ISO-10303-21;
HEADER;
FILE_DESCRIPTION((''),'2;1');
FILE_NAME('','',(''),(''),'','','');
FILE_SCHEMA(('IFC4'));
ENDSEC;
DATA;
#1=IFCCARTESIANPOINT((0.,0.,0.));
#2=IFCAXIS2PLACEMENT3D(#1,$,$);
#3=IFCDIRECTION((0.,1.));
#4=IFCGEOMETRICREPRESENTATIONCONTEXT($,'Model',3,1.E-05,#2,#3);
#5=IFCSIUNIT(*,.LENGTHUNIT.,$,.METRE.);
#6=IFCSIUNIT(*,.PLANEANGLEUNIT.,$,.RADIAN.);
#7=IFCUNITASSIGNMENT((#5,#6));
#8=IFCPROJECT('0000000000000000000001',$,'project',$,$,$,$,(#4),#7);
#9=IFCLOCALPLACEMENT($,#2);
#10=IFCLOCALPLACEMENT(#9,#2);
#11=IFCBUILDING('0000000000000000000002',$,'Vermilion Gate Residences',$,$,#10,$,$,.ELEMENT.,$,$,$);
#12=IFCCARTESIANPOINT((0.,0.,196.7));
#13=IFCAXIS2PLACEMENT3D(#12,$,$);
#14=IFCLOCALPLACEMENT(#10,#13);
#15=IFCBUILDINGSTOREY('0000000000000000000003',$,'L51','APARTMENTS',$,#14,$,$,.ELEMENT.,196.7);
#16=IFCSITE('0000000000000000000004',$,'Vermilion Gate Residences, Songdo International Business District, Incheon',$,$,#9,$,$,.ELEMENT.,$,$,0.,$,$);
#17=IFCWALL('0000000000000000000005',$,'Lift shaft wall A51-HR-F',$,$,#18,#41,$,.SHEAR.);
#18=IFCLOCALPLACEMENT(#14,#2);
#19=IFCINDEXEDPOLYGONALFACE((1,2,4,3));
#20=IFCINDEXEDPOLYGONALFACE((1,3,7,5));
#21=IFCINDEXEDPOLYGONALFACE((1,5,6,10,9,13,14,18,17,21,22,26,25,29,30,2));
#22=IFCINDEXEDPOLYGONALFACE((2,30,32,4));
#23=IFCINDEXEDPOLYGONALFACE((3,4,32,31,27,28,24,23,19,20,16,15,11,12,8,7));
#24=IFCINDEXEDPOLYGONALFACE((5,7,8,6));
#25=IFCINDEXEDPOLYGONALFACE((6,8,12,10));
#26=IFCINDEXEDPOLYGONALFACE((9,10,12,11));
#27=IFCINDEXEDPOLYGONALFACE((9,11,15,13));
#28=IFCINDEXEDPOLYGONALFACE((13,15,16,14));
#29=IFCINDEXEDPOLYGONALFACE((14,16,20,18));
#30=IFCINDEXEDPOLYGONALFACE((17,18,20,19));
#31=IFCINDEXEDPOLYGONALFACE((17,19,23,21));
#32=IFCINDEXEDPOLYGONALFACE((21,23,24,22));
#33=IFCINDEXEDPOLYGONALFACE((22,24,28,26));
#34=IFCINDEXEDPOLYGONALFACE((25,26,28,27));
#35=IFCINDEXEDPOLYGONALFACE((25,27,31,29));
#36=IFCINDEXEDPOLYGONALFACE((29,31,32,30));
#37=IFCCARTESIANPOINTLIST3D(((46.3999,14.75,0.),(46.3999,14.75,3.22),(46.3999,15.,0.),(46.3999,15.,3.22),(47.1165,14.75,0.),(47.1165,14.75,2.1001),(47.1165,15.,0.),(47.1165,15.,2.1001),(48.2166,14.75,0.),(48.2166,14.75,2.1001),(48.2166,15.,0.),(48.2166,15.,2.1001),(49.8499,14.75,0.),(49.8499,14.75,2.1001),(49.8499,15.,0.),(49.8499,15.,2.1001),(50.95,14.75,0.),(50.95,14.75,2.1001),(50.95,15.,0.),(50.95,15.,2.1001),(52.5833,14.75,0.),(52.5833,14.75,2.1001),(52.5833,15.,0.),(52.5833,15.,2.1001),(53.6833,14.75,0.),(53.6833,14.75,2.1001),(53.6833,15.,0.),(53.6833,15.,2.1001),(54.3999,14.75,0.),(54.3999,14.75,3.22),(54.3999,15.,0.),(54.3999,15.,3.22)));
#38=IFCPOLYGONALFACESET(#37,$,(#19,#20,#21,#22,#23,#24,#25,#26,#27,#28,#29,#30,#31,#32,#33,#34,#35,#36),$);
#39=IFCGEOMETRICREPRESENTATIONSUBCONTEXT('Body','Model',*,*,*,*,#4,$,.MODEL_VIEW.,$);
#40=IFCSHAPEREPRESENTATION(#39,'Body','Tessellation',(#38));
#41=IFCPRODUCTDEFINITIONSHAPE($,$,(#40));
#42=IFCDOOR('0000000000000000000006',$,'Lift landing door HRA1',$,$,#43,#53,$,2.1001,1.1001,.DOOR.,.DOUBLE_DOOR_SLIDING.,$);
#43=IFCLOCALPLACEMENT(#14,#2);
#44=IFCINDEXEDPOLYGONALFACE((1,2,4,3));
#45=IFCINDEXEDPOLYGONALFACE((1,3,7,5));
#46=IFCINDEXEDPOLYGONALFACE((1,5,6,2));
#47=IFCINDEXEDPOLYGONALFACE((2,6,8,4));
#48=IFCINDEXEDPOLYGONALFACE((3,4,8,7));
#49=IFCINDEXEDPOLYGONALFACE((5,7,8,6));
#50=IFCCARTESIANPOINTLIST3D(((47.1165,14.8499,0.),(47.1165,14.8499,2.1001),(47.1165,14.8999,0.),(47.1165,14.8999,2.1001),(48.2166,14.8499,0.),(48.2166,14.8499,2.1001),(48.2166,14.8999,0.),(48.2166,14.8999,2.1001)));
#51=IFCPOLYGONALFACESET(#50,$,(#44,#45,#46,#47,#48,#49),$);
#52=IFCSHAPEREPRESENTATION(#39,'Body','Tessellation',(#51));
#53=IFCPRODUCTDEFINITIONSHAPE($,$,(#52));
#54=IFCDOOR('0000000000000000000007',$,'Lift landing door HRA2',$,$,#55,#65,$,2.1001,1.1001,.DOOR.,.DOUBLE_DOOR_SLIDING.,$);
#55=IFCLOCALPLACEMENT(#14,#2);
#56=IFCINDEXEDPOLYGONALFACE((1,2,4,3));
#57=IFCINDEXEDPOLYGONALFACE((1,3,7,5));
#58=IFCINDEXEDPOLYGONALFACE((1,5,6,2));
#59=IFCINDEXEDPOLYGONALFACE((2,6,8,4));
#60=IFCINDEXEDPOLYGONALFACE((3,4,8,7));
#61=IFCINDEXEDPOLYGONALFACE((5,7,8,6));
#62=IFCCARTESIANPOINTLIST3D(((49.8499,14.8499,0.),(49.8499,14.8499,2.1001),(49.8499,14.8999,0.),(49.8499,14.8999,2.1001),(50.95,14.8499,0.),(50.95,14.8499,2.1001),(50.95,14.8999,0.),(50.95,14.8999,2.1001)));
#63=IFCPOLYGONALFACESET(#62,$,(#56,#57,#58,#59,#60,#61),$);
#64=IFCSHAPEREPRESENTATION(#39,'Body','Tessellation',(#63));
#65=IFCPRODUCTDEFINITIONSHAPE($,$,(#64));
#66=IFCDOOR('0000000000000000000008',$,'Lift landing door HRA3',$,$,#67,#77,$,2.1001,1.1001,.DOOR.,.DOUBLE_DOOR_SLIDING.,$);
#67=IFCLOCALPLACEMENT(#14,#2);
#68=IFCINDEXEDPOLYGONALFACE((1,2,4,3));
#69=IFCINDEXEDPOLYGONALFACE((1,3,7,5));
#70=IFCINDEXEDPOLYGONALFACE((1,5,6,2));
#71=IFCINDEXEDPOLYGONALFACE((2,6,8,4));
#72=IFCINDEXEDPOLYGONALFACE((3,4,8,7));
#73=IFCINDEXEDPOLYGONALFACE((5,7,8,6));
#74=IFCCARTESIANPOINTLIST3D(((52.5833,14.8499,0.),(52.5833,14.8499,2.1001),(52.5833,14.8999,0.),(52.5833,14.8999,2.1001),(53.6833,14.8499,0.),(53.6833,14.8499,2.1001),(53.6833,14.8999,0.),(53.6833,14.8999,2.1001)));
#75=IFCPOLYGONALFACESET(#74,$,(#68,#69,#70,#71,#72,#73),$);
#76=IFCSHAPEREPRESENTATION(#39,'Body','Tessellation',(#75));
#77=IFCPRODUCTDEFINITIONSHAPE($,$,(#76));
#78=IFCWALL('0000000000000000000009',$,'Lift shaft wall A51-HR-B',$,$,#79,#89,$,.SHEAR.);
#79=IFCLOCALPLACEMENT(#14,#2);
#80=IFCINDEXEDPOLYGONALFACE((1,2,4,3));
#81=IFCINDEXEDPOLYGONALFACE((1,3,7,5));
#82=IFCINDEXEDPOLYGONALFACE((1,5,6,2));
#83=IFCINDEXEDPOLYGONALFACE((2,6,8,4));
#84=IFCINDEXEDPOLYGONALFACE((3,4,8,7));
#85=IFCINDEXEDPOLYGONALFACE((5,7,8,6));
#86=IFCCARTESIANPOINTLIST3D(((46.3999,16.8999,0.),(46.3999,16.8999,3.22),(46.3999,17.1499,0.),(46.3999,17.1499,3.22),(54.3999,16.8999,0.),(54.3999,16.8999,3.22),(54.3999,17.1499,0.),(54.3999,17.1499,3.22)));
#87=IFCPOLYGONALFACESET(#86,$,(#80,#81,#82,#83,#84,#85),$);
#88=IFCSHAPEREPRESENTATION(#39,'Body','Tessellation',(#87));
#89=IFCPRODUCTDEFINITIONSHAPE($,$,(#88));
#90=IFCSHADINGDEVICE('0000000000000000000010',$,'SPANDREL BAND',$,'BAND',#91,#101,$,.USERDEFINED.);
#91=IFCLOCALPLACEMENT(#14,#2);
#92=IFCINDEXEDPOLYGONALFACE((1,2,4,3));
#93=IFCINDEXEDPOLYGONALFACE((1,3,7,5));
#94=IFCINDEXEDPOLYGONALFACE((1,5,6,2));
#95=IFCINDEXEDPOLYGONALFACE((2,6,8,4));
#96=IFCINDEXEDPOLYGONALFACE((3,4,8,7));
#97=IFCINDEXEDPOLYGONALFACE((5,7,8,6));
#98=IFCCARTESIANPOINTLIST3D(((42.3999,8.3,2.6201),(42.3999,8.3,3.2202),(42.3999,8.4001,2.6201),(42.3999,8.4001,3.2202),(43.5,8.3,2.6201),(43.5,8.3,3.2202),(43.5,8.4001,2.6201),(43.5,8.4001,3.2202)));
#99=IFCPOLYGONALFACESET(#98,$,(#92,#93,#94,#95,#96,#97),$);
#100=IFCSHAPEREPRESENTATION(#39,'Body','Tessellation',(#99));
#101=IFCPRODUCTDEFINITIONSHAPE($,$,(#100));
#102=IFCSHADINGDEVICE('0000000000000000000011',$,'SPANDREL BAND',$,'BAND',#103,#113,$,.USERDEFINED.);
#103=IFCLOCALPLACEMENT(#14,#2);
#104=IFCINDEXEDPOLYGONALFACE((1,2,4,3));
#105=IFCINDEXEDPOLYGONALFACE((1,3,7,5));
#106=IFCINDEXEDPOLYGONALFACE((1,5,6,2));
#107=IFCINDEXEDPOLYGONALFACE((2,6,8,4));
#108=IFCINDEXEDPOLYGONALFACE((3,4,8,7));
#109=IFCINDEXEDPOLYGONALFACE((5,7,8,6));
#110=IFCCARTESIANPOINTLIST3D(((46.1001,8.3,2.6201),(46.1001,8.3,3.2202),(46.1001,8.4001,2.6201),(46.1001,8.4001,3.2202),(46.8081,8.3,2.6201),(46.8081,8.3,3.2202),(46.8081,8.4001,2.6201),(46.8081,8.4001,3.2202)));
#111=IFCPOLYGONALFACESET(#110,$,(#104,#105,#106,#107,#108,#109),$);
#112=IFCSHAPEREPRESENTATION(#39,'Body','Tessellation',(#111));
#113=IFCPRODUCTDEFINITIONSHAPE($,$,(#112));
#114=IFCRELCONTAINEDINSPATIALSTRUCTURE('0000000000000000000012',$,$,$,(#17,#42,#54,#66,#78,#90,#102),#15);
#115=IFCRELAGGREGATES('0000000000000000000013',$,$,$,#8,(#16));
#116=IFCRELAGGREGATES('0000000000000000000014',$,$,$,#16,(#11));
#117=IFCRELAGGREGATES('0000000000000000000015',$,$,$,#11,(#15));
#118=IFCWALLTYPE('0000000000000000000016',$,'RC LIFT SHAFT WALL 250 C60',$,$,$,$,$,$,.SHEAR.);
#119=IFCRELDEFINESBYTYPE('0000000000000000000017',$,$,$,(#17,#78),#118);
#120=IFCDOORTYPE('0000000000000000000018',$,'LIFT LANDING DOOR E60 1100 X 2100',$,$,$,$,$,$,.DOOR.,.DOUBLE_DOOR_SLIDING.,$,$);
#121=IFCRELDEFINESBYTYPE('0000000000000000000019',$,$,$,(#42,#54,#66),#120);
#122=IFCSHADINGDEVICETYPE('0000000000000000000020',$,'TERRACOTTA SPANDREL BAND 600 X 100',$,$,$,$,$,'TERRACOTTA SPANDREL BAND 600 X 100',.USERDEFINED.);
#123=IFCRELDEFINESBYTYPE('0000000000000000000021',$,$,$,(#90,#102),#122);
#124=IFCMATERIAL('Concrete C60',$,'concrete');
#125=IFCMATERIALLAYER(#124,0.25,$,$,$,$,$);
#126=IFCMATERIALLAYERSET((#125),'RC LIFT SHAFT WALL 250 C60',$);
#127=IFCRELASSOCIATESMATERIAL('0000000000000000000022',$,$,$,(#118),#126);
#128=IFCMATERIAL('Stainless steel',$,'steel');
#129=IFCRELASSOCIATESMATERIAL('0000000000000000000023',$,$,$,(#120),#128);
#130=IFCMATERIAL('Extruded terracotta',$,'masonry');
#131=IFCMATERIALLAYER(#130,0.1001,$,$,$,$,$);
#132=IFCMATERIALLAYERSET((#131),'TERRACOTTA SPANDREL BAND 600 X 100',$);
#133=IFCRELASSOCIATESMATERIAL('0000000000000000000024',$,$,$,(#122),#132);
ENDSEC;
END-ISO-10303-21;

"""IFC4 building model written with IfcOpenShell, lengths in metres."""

from ifc_helpers import new_model, si_unit, direction, frame, frame_2d, origin, origin_2d, place, context, subcontext, project, spatial, rectangle, extrude, material, layer, layer_set, type_object, element, fill, save


model = new_model("IFC4")

# Units and contexts
model_context = context("Model", 3, precision=1e-05, world=origin(), true_north=direction((0.0, 1.0)))
body_context = subcontext(model_context, "Body", "Model", "MODEL_VIEW")
ifc_project = project(units=[si_unit("LENGTHUNIT", "METRE"), si_unit("PLANEANGLEUNIT", "RADIAN")], contexts=[model_context])

# Site, building, storey
site_placement = place(None, origin())
site = spatial("IfcSite", under=ifc_project, at=site_placement, Name="Vermilion Gate Residences, Songdo International Business District, Incheon", CompositionType="ELEMENT", RefElevation=0.0)
building_placement = place(site_placement, origin())
building = spatial("IfcBuilding", under=site, at=building_placement, Name="Vermilion Gate Residences", CompositionType="ELEMENT")
storey_placement = place(building_placement, frame((0.0, 0.0, 196.7)))
storey = spatial("IfcBuildingStorey", under=building, at=storey_placement, Name="L51", Description="APARTMENTS", CompositionType="ELEMENT", Elevation=196.7)

# Wall, openings, doors
ifc_material_1 = material(Name="Concrete C60", Category="concrete")
ifc_layer_1 = layer(ifc_material_1, 0.25)
ifc_layer_set_1 = layer_set([ifc_layer_1], Name="RC LIFT SHAFT WALL 250 C60")
wall_type_1 = type_object("IfcWallType", Name="RC LIFT SHAFT WALL 250 C60", PredefinedType="SHEAR", material=ifc_layer_set_1)
wall_1_placement = place(storey_placement, frame((46.3999, 14.875, 0.0), z_axis=(0.0, 0.0, 1.0), x_axis=(1.0, 0.0, 0.0)))
wall_1 = element("IfcWall", 1, at=wall_1_placement, inside=storey, type_object=wall_type_1, Name="Lift shaft wall A51-HR-F", PredefinedType="SHEAR", context=body_context, shape_type="SweptSolid", body=[
    extrude(rectangle(XDim=8.0, YDim=0.25, at=frame_2d((4.0, 0.0))), origin(), (0.0, 0.0, 1.0), 3.22),
])
opening_1_placement = place(wall_1_placement, frame((0.7166, 0.0, 0.0)))
opening_1 = element("IfcOpeningElement", 2, at=opening_1_placement, cuts=wall_1, PredefinedType="OPENING", context=body_context, shape_type="SweptSolid", body=[
    extrude(rectangle(XDim=1.1001, YDim=2.1001, at=frame_2d((0.55, 1.05))), frame((0.0, 0.135, 0.0), z_axis=(0.0, -1.0, 0.0), x_axis=(1.0, 0.0, 0.0)), (0.0, 0.0, 1.0), 0.27),
])
opening_2_placement = place(wall_1_placement, frame((3.45, 0.0, 0.0)))
opening_2 = element("IfcOpeningElement", 3, at=opening_2_placement, cuts=wall_1, PredefinedType="OPENING", context=body_context, shape_type="SweptSolid", body=[
    extrude(rectangle(XDim=1.1001, YDim=2.1001, at=frame_2d((0.55, 1.05))), frame((0.0, 0.135, 0.0), z_axis=(0.0, -1.0, 0.0), x_axis=(1.0, 0.0, 0.0)), (0.0, 0.0, 1.0), 0.27),
])
opening_3_placement = place(wall_1_placement, frame((6.1833, 0.0, 0.0)))
opening_3 = element("IfcOpeningElement", 4, at=opening_3_placement, cuts=wall_1, PredefinedType="OPENING", context=body_context, shape_type="SweptSolid", body=[
    extrude(rectangle(XDim=1.1001, YDim=2.1001, at=frame_2d((0.55, 1.05))), frame((0.0, 0.135, 0.0), z_axis=(0.0, -1.0, 0.0), x_axis=(1.0, 0.0, 0.0)), (0.0, 0.0, 1.0), 0.27),
])
ifc_material_2 = material(Name="Stainless steel", Category="steel")
door_type_1 = type_object("IfcDoorType", Name="LIFT LANDING DOOR E60 1100 X 2100", OperationType="DOUBLE_DOOR_SLIDING", PredefinedType="DOOR", material=ifc_material_2)
door_1_placement = place(opening_1_placement, origin())
door_1 = element("IfcDoor", 5, at=door_1_placement, inside=storey, type_object=door_type_1, Name="Lift landing door HRA1", OperationType="DOUBLE_DOOR_SLIDING", OverallHeight=2.1001, OverallWidth=1.1001, PredefinedType="DOOR", context=body_context, shape_type="SweptSolid", body=[
    extrude(rectangle(XDim=1.1001, YDim=2.1001, at=frame_2d((0.55, 1.05))), frame((0.0, 0.0249, 0.0), z_axis=(0.0, -1.0, 0.0), x_axis=(1.0, 0.0, 0.0)), (0.0, 0.0, 1.0), 0.05),
])
fill(opening_1, door_1)
door_2_placement = place(opening_2_placement, origin())
door_2 = element("IfcDoor", 6, at=door_2_placement, inside=storey, type_object=door_type_1, Name="Lift landing door HRA2", OperationType="DOUBLE_DOOR_SLIDING", OverallHeight=2.1001, OverallWidth=1.1001, PredefinedType="DOOR", context=body_context, shape_type="SweptSolid", body=[
    extrude(rectangle(XDim=1.1001, YDim=2.1001, at=frame_2d((0.55, 1.05))), frame((0.0, 0.0249, 0.0), z_axis=(0.0, -1.0, 0.0), x_axis=(1.0, 0.0, 0.0)), (0.0, 0.0, 1.0), 0.05),
])
fill(opening_2, door_2)
door_3_placement = place(opening_3_placement, origin())
door_3 = element("IfcDoor", 7, at=door_3_placement, inside=storey, type_object=door_type_1, Name="Lift landing door HRA3", OperationType="DOUBLE_DOOR_SLIDING", OverallHeight=2.1001, OverallWidth=1.1001, PredefinedType="DOOR", context=body_context, shape_type="SweptSolid", body=[
    extrude(rectangle(XDim=1.1001, YDim=2.1001, at=frame_2d((0.55, 1.05))), frame((0.0, 0.0249, 0.0), z_axis=(0.0, -1.0, 0.0), x_axis=(1.0, 0.0, 0.0)), (0.0, 0.0, 1.0), 0.05),
])
fill(opening_3, door_3)

# Wall
wall_2_placement = place(storey_placement, frame((46.3999, 17.0249, 0.0), z_axis=(0.0, 0.0, 1.0), x_axis=(1.0, 0.0, 0.0)))
element("IfcWall", 8, at=wall_2_placement, inside=storey, type_object=wall_type_1, Name="Lift shaft wall A51-HR-B", PredefinedType="SHEAR", context=body_context, shape_type="SweptSolid", body=[
    extrude(rectangle(XDim=8.0, YDim=0.25, at=frame_2d((4.0, 0.0))), origin(), (0.0, 0.0, 1.0), 3.22),
])

# Shading devices
ifc_material_3 = material(Name="Extruded terracotta", Category="masonry")
ifc_layer_2 = layer(ifc_material_3, 0.1001)
ifc_layer_set_2 = layer_set([ifc_layer_2], Name="TERRACOTTA SPANDREL BAND 600 X 100")
shading_device_type = type_object("IfcShadingDeviceType", Name="TERRACOTTA SPANDREL BAND 600 X 100", ElementType="TERRACOTTA SPANDREL BAND 600 X 100", PredefinedType="USERDEFINED", material=ifc_layer_set_2)
shading_device_1_placement = place(storey_placement, frame((42.95, 8.3501, 2.6201), z_axis=(0.0, 0.0, 1.0), x_axis=(1.0, 0.0, 0.0)))
element("IfcShadingDevice", 9, at=shading_device_1_placement, inside=storey, type_object=shading_device_type, Name="SPANDREL BAND", ObjectType="BAND", PredefinedType="USERDEFINED", context=body_context, shape_type="SweptSolid", body=[
    extrude(rectangle(XDim=1.1001, YDim=0.1001, at=origin_2d()), origin(), (0.0, 0.0, 1.0), 0.6001),
])
shading_device_2_placement = place(storey_placement, frame((46.4541, 8.3501, 2.6201), z_axis=(0.0, 0.0, 1.0), x_axis=(1.0, 0.0, 0.0)))
element("IfcShadingDevice", 10, at=shading_device_2_placement, inside=storey, type_object=shading_device_type, Name="SPANDREL BAND", ObjectType="BAND", PredefinedType="USERDEFINED", context=body_context, shape_type="SweptSolid", body=[
    extrude(rectangle(XDim=0.708, YDim=0.1001, at=origin_2d()), origin(), (0.0, 0.0, 1.0), 0.6001),
])

save(model, "model.ifc")
